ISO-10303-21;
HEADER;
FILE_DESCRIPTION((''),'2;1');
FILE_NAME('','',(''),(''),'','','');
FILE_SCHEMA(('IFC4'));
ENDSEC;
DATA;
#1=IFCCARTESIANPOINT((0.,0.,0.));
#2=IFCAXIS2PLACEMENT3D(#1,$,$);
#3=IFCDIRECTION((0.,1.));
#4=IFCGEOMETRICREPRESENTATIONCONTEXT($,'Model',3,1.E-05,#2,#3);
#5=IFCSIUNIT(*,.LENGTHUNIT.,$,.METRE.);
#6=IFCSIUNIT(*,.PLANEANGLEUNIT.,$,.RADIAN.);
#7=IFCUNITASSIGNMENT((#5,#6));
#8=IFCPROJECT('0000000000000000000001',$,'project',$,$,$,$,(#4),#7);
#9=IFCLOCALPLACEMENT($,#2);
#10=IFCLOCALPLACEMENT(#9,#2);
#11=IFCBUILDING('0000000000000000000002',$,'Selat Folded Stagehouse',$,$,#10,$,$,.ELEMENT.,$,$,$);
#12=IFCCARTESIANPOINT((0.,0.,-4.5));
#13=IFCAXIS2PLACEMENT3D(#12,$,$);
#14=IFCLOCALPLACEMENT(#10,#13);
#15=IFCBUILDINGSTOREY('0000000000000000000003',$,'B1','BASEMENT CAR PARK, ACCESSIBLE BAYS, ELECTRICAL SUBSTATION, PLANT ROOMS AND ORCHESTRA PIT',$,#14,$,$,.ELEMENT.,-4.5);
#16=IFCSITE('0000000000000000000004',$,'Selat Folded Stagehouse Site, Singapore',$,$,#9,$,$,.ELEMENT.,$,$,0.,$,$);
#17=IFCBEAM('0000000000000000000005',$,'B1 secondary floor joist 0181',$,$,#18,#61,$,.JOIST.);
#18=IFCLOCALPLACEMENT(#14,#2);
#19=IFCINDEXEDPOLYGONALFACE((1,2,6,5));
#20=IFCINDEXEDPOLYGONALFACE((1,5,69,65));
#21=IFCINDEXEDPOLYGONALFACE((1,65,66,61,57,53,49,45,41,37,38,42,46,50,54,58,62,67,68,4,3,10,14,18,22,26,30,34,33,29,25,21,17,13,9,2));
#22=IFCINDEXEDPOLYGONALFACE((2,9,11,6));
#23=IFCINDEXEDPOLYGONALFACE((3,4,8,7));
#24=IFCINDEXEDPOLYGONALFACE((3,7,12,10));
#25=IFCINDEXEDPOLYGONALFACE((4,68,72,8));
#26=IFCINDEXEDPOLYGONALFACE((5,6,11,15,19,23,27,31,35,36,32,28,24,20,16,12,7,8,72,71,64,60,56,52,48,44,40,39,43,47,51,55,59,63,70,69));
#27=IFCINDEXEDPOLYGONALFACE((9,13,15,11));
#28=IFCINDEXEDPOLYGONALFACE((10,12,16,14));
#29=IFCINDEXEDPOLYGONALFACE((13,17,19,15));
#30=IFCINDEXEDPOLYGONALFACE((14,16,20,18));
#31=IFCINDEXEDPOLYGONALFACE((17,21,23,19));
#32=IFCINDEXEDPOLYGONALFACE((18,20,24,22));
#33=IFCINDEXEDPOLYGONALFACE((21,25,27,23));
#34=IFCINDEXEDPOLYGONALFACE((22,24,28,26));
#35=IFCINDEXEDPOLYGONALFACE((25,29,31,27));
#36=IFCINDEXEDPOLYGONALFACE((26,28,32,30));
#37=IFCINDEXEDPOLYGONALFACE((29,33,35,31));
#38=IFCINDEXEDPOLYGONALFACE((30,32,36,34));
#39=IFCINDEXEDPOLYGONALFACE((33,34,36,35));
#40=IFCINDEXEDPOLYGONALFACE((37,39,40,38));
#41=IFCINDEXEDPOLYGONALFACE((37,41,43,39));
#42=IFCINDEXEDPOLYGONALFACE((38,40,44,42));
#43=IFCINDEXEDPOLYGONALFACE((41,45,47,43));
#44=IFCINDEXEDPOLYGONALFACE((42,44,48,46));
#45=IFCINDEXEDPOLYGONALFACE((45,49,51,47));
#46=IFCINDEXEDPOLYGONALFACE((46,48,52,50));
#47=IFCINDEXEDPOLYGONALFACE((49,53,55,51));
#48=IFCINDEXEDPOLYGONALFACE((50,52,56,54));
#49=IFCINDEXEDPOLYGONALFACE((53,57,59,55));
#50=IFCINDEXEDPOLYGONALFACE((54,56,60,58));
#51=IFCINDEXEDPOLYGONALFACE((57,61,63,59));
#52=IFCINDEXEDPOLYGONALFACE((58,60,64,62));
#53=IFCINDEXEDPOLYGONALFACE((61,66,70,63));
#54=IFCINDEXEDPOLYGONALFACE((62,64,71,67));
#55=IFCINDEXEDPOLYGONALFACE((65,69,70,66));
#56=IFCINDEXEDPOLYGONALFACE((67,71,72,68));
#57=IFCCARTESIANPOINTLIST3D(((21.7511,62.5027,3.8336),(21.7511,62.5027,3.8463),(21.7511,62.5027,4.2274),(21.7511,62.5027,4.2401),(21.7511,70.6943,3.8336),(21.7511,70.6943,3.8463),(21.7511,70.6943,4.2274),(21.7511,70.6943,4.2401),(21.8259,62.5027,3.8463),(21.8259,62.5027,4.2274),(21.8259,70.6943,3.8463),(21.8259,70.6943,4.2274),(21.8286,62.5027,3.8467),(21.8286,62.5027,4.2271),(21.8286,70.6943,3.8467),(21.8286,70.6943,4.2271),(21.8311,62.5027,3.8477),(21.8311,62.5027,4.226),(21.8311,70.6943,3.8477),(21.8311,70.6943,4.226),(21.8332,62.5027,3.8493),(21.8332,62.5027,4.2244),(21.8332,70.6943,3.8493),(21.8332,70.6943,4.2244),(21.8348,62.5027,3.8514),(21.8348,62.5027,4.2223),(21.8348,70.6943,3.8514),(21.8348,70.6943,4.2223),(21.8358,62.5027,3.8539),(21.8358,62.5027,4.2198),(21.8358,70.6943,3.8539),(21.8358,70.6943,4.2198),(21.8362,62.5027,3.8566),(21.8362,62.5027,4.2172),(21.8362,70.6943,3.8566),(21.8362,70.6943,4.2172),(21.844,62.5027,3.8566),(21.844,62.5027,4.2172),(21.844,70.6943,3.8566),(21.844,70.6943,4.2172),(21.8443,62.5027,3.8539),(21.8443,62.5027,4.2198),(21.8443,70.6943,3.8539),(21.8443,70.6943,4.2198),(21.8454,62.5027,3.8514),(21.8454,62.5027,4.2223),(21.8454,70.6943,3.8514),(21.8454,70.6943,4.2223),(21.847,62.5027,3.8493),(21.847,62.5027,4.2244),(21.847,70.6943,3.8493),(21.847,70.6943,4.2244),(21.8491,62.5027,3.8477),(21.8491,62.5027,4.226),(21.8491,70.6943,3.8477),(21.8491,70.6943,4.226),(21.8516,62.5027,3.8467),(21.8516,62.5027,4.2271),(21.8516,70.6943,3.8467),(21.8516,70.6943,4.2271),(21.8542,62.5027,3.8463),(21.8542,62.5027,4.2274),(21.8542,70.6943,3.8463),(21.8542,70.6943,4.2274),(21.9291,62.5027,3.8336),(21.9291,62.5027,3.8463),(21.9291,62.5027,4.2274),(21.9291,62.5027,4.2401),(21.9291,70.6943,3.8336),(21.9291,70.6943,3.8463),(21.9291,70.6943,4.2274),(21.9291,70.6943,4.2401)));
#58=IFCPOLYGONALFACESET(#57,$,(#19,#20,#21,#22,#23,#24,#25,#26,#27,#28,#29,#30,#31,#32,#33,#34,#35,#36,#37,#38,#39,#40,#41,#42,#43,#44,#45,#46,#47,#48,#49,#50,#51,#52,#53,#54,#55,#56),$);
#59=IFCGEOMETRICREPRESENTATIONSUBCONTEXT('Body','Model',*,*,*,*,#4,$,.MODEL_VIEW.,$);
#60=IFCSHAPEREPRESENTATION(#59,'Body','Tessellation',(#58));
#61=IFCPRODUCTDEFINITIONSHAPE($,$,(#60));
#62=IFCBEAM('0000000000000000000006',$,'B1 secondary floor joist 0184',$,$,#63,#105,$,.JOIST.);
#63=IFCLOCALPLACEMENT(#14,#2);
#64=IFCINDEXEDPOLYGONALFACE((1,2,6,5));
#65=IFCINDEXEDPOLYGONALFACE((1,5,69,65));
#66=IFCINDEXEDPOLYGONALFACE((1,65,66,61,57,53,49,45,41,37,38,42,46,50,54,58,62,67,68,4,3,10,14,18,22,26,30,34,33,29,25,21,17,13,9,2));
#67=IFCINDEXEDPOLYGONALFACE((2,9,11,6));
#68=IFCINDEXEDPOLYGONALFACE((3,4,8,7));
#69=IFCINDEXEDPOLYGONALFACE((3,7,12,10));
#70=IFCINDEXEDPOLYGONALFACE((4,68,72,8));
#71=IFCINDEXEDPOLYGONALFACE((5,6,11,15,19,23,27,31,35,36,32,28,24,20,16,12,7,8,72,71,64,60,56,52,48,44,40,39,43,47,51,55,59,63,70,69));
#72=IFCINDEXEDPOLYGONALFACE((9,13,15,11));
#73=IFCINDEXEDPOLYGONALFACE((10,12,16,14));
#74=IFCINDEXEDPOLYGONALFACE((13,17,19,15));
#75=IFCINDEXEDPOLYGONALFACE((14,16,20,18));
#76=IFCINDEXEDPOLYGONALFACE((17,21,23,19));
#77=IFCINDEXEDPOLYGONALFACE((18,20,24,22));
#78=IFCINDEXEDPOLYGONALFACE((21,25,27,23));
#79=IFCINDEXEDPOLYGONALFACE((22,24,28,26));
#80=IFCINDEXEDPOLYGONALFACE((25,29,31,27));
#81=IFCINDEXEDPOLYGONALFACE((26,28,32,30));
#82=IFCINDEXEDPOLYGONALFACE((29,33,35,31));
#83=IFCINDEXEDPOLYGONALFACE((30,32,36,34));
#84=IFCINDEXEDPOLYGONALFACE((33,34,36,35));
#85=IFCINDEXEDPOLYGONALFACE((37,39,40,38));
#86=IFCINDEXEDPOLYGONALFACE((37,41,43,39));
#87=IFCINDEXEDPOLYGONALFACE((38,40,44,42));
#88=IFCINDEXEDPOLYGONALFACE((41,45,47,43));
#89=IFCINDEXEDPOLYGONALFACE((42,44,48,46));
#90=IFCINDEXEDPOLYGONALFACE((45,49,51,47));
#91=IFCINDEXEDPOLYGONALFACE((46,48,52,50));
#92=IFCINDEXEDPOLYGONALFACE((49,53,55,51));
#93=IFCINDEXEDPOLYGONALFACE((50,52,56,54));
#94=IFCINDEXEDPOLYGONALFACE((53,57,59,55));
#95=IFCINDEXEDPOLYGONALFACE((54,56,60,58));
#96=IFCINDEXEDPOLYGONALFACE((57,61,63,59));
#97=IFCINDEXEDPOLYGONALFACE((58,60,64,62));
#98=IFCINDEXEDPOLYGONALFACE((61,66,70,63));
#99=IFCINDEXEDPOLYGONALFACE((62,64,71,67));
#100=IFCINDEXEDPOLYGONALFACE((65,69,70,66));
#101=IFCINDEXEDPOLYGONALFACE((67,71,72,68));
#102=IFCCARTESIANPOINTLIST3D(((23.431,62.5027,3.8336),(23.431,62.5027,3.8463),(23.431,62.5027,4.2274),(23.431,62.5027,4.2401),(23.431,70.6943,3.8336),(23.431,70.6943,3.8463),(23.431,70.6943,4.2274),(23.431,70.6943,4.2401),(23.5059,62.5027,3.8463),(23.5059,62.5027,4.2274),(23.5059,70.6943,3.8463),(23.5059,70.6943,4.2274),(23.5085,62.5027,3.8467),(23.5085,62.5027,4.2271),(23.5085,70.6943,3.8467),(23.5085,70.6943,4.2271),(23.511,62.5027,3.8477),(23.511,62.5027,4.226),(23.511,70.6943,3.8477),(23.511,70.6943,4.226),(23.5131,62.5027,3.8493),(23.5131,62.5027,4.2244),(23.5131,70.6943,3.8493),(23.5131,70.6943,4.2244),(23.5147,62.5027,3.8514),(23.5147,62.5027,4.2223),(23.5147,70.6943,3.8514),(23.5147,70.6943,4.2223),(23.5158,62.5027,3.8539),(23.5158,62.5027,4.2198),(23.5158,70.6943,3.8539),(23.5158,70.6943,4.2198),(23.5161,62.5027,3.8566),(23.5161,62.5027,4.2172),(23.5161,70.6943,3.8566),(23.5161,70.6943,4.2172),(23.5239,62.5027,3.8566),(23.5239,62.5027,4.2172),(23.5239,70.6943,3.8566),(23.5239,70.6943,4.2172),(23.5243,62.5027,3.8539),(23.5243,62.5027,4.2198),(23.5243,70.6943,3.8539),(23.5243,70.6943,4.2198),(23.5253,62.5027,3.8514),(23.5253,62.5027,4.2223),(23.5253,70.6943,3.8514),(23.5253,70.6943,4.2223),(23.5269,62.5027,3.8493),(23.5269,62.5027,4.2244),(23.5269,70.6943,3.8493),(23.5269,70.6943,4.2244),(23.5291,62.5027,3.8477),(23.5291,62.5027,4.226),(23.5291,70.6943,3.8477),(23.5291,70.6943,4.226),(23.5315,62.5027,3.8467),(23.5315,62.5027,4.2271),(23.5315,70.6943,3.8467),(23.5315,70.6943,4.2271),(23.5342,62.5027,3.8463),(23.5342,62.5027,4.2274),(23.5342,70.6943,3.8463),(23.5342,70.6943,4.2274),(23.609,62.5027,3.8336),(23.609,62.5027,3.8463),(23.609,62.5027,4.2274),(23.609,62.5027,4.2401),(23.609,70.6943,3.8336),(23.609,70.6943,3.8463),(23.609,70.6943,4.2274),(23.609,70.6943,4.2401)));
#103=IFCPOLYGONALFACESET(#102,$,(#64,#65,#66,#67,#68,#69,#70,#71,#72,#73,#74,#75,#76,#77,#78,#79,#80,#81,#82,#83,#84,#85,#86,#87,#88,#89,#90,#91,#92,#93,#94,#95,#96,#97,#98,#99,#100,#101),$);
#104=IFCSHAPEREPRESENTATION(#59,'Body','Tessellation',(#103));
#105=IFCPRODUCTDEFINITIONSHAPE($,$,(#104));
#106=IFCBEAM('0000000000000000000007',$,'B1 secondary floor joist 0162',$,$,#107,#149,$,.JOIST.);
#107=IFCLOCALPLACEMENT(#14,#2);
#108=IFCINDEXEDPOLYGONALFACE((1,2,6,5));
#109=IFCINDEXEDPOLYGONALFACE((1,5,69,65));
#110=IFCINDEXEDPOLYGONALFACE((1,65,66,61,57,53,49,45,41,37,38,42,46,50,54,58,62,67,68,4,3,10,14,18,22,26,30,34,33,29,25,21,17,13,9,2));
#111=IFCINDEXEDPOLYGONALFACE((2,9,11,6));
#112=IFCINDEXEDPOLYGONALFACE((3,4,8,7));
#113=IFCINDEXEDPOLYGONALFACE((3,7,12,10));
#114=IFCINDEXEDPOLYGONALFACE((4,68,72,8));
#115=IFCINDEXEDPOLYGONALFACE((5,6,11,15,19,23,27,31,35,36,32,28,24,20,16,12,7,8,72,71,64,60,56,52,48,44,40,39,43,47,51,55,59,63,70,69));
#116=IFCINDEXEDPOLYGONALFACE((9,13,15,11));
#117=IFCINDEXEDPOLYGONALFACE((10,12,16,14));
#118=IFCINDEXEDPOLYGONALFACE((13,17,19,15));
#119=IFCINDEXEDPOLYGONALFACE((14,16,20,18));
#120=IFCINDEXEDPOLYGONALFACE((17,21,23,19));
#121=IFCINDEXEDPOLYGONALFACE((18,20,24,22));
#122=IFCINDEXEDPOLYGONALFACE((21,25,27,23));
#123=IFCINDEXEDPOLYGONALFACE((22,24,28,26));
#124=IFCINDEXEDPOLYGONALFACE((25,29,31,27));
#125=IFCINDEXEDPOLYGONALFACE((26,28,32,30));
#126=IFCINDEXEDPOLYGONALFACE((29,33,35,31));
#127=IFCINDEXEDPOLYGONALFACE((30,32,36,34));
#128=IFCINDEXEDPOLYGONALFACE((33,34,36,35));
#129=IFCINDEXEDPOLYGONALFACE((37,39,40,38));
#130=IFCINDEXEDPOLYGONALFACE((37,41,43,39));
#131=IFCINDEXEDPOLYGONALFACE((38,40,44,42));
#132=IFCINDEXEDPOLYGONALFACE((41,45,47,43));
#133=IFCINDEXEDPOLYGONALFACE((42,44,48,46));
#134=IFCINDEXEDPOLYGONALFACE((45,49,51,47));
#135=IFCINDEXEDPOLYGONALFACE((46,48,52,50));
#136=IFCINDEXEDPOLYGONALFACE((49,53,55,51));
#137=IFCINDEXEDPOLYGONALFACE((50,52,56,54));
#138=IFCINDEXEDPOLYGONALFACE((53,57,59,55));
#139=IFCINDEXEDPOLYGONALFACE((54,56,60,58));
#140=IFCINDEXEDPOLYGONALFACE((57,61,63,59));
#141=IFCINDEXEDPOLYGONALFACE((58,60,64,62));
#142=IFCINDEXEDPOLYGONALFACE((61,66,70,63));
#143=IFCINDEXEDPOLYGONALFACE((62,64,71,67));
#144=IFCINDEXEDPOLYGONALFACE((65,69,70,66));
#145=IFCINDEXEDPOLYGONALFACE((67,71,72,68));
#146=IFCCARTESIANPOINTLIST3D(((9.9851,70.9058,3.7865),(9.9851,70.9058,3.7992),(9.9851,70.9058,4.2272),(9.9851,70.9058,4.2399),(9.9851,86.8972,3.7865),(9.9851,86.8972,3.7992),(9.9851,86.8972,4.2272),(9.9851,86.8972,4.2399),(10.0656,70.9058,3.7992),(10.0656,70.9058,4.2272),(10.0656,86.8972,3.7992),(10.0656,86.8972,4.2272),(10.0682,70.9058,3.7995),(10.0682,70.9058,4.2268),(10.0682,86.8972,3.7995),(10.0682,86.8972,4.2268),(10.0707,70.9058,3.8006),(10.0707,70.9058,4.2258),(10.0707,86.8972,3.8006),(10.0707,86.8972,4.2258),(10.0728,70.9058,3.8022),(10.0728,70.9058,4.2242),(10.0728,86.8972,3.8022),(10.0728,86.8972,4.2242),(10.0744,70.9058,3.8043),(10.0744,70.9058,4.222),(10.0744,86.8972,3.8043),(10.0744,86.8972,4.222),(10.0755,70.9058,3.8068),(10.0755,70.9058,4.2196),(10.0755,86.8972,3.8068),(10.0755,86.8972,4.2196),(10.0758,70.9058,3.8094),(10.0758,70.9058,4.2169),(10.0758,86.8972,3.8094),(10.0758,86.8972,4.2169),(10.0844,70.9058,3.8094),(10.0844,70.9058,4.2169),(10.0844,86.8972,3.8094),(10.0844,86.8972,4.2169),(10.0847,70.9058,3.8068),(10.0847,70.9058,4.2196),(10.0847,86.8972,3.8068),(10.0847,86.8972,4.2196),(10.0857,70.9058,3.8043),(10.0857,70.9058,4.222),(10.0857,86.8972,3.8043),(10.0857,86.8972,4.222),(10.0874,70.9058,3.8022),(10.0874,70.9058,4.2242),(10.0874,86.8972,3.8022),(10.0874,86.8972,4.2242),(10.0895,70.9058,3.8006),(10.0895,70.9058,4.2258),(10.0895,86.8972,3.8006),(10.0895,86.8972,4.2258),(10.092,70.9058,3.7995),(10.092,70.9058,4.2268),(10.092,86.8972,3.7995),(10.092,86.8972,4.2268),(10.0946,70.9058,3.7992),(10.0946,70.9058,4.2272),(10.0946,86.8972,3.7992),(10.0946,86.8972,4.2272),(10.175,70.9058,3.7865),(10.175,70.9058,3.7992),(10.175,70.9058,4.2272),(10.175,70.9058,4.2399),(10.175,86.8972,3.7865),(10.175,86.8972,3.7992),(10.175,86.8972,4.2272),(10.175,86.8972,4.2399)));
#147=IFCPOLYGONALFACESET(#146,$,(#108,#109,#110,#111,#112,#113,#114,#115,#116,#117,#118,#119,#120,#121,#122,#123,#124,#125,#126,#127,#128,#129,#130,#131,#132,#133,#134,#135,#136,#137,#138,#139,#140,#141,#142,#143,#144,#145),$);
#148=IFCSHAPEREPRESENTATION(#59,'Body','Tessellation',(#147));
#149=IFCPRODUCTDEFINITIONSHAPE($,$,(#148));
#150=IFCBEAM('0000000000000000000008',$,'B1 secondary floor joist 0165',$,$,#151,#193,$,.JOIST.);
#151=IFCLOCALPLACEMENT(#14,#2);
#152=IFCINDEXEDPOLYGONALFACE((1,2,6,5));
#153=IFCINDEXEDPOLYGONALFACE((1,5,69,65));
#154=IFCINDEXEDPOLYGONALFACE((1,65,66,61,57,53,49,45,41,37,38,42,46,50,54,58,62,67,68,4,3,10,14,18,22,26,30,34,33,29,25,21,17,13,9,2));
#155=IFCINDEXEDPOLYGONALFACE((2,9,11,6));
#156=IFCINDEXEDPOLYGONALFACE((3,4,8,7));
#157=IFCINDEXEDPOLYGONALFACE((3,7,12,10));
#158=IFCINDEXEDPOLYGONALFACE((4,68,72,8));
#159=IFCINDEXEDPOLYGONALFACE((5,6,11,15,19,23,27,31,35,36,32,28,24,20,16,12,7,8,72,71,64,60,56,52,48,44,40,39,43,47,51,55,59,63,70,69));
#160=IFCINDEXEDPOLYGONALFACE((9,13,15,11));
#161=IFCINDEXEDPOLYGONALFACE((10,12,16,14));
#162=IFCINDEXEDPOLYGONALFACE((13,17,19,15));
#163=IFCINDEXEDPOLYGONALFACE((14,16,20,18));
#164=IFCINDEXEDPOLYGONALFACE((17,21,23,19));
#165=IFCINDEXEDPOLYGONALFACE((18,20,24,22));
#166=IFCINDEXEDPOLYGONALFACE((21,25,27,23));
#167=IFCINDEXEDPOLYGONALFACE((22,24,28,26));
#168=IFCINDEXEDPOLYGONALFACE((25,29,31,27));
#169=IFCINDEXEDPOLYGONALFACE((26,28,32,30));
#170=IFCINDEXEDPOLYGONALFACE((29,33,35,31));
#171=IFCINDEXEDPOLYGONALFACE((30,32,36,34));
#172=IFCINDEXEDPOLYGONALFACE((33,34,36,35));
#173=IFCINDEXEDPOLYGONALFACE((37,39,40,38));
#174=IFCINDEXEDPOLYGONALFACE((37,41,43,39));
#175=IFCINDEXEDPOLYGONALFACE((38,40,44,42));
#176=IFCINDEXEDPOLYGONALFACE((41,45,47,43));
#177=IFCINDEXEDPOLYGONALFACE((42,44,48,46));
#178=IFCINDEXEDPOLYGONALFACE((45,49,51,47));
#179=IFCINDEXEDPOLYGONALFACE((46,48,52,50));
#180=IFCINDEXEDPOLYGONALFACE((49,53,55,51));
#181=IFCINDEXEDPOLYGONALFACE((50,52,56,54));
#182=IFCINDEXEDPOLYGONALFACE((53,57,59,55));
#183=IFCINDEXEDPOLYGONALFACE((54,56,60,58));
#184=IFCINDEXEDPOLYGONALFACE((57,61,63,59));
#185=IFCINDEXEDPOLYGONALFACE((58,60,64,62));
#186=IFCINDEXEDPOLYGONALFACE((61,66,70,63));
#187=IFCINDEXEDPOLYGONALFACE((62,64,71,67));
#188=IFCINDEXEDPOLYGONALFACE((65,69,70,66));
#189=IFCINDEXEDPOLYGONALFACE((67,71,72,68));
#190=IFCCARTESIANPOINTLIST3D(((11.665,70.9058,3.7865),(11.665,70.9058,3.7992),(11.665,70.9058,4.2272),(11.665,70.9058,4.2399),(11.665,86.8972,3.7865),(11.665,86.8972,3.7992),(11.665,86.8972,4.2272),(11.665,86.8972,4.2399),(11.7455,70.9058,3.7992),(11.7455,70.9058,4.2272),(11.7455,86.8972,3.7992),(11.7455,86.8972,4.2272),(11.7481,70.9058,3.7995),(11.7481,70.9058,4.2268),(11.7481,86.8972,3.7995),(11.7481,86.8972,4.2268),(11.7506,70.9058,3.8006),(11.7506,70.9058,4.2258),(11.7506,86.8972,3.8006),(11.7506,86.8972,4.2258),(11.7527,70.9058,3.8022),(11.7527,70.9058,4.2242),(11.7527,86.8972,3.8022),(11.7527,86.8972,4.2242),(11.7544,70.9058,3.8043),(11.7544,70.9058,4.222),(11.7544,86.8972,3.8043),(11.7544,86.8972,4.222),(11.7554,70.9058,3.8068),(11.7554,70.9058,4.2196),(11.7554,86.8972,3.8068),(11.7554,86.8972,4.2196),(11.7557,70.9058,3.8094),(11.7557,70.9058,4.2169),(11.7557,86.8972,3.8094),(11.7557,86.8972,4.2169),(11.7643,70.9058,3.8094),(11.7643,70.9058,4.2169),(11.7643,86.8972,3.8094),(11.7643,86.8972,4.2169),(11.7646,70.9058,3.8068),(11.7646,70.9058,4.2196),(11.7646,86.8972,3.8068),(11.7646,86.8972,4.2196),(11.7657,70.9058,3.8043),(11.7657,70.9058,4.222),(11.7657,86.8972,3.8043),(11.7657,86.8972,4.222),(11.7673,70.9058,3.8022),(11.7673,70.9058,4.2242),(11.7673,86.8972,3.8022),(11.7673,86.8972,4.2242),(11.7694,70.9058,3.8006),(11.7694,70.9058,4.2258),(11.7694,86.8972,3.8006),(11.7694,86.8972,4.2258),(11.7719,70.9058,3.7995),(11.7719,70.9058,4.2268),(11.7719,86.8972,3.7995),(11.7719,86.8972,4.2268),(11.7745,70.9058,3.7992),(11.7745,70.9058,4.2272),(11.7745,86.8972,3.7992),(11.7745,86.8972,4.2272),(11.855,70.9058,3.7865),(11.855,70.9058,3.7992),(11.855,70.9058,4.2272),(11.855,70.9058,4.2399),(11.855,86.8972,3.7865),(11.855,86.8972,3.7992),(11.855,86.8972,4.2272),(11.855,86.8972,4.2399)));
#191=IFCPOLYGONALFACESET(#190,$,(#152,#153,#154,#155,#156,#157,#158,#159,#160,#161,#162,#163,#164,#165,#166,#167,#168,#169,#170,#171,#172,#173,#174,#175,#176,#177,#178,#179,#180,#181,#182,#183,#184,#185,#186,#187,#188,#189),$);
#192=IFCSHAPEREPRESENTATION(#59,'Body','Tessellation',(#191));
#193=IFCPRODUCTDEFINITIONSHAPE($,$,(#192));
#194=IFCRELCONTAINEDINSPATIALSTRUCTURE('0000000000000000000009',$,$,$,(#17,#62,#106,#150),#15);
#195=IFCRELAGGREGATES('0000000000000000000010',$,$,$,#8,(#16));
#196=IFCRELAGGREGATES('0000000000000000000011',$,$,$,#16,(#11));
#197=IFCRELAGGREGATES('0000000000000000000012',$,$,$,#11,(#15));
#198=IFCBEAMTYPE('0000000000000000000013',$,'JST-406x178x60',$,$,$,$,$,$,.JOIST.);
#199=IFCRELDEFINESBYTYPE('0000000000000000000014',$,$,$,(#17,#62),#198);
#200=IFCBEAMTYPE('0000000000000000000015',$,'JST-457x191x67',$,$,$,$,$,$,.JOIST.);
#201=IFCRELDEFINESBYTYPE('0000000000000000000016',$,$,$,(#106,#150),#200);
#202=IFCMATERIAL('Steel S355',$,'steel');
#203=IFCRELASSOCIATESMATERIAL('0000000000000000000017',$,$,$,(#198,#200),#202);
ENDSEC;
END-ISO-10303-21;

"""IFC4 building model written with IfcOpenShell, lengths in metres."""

from ifc_helpers import new_model, si_unit, direction, frame, origin, origin_2d, place, context, subcontext, project, spatial, i_section, extrude, material, material_profile, profile_set, type_object, element, save


model = new_model("IFC4")

# Units and contexts
model_context = context("Model", 3, precision=1e-05, world=origin(), true_north=direction((0.0, 1.0)))
body_context = subcontext(model_context, "Body", "Model", "MODEL_VIEW")
ifc_project = project(units=[si_unit("LENGTHUNIT", "METRE"), si_unit("PLANEANGLEUNIT", "RADIAN")], contexts=[model_context])

# Site, building, storey
site_placement = place(None, origin())
site = spatial("IfcSite", under=ifc_project, at=site_placement, Name="Selat Folded Stagehouse Site, Singapore", CompositionType="ELEMENT", RefElevation=0.0)
building_placement = place(site_placement, origin())
building = spatial("IfcBuilding", under=site, at=building_placement, Name="Selat Folded Stagehouse", CompositionType="ELEMENT")
storey_placement = place(building_placement, frame((0.0, 0.0, -4.5)))
storey = spatial("IfcBuildingStorey", under=building, at=storey_placement, Name="B1", Description="BASEMENT CAR PARK, ACCESSIBLE BAYS, ELECTRICAL SUBSTATION, PLANT ROOMS AND ORCHESTRA PIT", CompositionType="ELEMENT", Elevation=-4.5)

# Shared definitions
ifc_material_1 = material(Name="Steel S355", Category="steel")

# Beams
ifc_material_profile_1 = material_profile(ifc_material_1, i_section(OverallWidth=0.178, OverallDepth=0.4065, WebThickness=0.0078, FlangeThickness=0.0127, FilletRadius=0.0103, at=origin_2d()), Name="UKB 406x178x60")
ifc_profile_set_1 = profile_set([ifc_material_profile_1], Name="Steel S355")
beam_type_1 = type_object("IfcBeamType", Name="JST-406x178x60", PredefinedType="JOIST", material=ifc_profile_set_1)
for number, where, z_axis, x_axis, name in (
    (1, (21.8401, 62.5027, 4.0369), (0.0, 1.0, 0.0), (-1.0, 0.0, 0.0), "B1 secondary floor joist 0181"),
    (2, (23.52, 62.5027, 4.0369), (0.0, 1.0, 0.0), (-1.0, 0.0, 0.0), "B1 secondary floor joist 0184"),
):
    element("IfcBeam", number, at=place(storey_placement, frame(where, z_axis=z_axis, x_axis=x_axis)), inside=storey, type_object=beam_type_1, Name=name, PredefinedType="JOIST", context=body_context, shape_type="SweptSolid", body=[
        extrude(i_section(OverallWidth=0.178, OverallDepth=0.4065, WebThickness=0.0078, FlangeThickness=0.0127, FilletRadius=0.0103, at=origin_2d()), origin(), (0.0, 0.0, 1.0), 8.1917),
    ])
ifc_material_profile_2 = material_profile(ifc_material_1, i_section(OverallWidth=0.1899, OverallDepth=0.4534, WebThickness=0.0085, FlangeThickness=0.0127, FilletRadius=0.0103, at=origin_2d()), Name="UKB 457x191x67")
ifc_profile_set_2 = profile_set([ifc_material_profile_2], Name="Steel S355")
beam_type_2 = type_object("IfcBeamType", Name="JST-457x191x67", PredefinedType="JOIST", material=ifc_profile_set_2)
for number, where, z_axis, x_axis, name in (
    (3, (10.0801, 70.9058, 4.0132), (0.0, 1.0, 0.0), (-1.0, 0.0, 0.0), "B1 secondary floor joist 0162"),
    (4, (11.76, 70.9058, 4.0132), (0.0, 1.0, 0.0), (-1.0, 0.0, 0.0), "B1 secondary floor joist 0165"),
):
    element("IfcBeam", number, at=place(storey_placement, frame(where, z_axis=z_axis, x_axis=x_axis)), inside=storey, type_object=beam_type_2, Name=name, PredefinedType="JOIST", context=body_context, shape_type="SweptSolid", body=[
        extrude(i_section(OverallWidth=0.1899, OverallDepth=0.4534, WebThickness=0.0085, FlangeThickness=0.0127, FilletRadius=0.0103, at=origin_2d()), origin(), (0.0, 0.0, 1.0), 15.9915),
    ])

save(model, "model.ifc")
